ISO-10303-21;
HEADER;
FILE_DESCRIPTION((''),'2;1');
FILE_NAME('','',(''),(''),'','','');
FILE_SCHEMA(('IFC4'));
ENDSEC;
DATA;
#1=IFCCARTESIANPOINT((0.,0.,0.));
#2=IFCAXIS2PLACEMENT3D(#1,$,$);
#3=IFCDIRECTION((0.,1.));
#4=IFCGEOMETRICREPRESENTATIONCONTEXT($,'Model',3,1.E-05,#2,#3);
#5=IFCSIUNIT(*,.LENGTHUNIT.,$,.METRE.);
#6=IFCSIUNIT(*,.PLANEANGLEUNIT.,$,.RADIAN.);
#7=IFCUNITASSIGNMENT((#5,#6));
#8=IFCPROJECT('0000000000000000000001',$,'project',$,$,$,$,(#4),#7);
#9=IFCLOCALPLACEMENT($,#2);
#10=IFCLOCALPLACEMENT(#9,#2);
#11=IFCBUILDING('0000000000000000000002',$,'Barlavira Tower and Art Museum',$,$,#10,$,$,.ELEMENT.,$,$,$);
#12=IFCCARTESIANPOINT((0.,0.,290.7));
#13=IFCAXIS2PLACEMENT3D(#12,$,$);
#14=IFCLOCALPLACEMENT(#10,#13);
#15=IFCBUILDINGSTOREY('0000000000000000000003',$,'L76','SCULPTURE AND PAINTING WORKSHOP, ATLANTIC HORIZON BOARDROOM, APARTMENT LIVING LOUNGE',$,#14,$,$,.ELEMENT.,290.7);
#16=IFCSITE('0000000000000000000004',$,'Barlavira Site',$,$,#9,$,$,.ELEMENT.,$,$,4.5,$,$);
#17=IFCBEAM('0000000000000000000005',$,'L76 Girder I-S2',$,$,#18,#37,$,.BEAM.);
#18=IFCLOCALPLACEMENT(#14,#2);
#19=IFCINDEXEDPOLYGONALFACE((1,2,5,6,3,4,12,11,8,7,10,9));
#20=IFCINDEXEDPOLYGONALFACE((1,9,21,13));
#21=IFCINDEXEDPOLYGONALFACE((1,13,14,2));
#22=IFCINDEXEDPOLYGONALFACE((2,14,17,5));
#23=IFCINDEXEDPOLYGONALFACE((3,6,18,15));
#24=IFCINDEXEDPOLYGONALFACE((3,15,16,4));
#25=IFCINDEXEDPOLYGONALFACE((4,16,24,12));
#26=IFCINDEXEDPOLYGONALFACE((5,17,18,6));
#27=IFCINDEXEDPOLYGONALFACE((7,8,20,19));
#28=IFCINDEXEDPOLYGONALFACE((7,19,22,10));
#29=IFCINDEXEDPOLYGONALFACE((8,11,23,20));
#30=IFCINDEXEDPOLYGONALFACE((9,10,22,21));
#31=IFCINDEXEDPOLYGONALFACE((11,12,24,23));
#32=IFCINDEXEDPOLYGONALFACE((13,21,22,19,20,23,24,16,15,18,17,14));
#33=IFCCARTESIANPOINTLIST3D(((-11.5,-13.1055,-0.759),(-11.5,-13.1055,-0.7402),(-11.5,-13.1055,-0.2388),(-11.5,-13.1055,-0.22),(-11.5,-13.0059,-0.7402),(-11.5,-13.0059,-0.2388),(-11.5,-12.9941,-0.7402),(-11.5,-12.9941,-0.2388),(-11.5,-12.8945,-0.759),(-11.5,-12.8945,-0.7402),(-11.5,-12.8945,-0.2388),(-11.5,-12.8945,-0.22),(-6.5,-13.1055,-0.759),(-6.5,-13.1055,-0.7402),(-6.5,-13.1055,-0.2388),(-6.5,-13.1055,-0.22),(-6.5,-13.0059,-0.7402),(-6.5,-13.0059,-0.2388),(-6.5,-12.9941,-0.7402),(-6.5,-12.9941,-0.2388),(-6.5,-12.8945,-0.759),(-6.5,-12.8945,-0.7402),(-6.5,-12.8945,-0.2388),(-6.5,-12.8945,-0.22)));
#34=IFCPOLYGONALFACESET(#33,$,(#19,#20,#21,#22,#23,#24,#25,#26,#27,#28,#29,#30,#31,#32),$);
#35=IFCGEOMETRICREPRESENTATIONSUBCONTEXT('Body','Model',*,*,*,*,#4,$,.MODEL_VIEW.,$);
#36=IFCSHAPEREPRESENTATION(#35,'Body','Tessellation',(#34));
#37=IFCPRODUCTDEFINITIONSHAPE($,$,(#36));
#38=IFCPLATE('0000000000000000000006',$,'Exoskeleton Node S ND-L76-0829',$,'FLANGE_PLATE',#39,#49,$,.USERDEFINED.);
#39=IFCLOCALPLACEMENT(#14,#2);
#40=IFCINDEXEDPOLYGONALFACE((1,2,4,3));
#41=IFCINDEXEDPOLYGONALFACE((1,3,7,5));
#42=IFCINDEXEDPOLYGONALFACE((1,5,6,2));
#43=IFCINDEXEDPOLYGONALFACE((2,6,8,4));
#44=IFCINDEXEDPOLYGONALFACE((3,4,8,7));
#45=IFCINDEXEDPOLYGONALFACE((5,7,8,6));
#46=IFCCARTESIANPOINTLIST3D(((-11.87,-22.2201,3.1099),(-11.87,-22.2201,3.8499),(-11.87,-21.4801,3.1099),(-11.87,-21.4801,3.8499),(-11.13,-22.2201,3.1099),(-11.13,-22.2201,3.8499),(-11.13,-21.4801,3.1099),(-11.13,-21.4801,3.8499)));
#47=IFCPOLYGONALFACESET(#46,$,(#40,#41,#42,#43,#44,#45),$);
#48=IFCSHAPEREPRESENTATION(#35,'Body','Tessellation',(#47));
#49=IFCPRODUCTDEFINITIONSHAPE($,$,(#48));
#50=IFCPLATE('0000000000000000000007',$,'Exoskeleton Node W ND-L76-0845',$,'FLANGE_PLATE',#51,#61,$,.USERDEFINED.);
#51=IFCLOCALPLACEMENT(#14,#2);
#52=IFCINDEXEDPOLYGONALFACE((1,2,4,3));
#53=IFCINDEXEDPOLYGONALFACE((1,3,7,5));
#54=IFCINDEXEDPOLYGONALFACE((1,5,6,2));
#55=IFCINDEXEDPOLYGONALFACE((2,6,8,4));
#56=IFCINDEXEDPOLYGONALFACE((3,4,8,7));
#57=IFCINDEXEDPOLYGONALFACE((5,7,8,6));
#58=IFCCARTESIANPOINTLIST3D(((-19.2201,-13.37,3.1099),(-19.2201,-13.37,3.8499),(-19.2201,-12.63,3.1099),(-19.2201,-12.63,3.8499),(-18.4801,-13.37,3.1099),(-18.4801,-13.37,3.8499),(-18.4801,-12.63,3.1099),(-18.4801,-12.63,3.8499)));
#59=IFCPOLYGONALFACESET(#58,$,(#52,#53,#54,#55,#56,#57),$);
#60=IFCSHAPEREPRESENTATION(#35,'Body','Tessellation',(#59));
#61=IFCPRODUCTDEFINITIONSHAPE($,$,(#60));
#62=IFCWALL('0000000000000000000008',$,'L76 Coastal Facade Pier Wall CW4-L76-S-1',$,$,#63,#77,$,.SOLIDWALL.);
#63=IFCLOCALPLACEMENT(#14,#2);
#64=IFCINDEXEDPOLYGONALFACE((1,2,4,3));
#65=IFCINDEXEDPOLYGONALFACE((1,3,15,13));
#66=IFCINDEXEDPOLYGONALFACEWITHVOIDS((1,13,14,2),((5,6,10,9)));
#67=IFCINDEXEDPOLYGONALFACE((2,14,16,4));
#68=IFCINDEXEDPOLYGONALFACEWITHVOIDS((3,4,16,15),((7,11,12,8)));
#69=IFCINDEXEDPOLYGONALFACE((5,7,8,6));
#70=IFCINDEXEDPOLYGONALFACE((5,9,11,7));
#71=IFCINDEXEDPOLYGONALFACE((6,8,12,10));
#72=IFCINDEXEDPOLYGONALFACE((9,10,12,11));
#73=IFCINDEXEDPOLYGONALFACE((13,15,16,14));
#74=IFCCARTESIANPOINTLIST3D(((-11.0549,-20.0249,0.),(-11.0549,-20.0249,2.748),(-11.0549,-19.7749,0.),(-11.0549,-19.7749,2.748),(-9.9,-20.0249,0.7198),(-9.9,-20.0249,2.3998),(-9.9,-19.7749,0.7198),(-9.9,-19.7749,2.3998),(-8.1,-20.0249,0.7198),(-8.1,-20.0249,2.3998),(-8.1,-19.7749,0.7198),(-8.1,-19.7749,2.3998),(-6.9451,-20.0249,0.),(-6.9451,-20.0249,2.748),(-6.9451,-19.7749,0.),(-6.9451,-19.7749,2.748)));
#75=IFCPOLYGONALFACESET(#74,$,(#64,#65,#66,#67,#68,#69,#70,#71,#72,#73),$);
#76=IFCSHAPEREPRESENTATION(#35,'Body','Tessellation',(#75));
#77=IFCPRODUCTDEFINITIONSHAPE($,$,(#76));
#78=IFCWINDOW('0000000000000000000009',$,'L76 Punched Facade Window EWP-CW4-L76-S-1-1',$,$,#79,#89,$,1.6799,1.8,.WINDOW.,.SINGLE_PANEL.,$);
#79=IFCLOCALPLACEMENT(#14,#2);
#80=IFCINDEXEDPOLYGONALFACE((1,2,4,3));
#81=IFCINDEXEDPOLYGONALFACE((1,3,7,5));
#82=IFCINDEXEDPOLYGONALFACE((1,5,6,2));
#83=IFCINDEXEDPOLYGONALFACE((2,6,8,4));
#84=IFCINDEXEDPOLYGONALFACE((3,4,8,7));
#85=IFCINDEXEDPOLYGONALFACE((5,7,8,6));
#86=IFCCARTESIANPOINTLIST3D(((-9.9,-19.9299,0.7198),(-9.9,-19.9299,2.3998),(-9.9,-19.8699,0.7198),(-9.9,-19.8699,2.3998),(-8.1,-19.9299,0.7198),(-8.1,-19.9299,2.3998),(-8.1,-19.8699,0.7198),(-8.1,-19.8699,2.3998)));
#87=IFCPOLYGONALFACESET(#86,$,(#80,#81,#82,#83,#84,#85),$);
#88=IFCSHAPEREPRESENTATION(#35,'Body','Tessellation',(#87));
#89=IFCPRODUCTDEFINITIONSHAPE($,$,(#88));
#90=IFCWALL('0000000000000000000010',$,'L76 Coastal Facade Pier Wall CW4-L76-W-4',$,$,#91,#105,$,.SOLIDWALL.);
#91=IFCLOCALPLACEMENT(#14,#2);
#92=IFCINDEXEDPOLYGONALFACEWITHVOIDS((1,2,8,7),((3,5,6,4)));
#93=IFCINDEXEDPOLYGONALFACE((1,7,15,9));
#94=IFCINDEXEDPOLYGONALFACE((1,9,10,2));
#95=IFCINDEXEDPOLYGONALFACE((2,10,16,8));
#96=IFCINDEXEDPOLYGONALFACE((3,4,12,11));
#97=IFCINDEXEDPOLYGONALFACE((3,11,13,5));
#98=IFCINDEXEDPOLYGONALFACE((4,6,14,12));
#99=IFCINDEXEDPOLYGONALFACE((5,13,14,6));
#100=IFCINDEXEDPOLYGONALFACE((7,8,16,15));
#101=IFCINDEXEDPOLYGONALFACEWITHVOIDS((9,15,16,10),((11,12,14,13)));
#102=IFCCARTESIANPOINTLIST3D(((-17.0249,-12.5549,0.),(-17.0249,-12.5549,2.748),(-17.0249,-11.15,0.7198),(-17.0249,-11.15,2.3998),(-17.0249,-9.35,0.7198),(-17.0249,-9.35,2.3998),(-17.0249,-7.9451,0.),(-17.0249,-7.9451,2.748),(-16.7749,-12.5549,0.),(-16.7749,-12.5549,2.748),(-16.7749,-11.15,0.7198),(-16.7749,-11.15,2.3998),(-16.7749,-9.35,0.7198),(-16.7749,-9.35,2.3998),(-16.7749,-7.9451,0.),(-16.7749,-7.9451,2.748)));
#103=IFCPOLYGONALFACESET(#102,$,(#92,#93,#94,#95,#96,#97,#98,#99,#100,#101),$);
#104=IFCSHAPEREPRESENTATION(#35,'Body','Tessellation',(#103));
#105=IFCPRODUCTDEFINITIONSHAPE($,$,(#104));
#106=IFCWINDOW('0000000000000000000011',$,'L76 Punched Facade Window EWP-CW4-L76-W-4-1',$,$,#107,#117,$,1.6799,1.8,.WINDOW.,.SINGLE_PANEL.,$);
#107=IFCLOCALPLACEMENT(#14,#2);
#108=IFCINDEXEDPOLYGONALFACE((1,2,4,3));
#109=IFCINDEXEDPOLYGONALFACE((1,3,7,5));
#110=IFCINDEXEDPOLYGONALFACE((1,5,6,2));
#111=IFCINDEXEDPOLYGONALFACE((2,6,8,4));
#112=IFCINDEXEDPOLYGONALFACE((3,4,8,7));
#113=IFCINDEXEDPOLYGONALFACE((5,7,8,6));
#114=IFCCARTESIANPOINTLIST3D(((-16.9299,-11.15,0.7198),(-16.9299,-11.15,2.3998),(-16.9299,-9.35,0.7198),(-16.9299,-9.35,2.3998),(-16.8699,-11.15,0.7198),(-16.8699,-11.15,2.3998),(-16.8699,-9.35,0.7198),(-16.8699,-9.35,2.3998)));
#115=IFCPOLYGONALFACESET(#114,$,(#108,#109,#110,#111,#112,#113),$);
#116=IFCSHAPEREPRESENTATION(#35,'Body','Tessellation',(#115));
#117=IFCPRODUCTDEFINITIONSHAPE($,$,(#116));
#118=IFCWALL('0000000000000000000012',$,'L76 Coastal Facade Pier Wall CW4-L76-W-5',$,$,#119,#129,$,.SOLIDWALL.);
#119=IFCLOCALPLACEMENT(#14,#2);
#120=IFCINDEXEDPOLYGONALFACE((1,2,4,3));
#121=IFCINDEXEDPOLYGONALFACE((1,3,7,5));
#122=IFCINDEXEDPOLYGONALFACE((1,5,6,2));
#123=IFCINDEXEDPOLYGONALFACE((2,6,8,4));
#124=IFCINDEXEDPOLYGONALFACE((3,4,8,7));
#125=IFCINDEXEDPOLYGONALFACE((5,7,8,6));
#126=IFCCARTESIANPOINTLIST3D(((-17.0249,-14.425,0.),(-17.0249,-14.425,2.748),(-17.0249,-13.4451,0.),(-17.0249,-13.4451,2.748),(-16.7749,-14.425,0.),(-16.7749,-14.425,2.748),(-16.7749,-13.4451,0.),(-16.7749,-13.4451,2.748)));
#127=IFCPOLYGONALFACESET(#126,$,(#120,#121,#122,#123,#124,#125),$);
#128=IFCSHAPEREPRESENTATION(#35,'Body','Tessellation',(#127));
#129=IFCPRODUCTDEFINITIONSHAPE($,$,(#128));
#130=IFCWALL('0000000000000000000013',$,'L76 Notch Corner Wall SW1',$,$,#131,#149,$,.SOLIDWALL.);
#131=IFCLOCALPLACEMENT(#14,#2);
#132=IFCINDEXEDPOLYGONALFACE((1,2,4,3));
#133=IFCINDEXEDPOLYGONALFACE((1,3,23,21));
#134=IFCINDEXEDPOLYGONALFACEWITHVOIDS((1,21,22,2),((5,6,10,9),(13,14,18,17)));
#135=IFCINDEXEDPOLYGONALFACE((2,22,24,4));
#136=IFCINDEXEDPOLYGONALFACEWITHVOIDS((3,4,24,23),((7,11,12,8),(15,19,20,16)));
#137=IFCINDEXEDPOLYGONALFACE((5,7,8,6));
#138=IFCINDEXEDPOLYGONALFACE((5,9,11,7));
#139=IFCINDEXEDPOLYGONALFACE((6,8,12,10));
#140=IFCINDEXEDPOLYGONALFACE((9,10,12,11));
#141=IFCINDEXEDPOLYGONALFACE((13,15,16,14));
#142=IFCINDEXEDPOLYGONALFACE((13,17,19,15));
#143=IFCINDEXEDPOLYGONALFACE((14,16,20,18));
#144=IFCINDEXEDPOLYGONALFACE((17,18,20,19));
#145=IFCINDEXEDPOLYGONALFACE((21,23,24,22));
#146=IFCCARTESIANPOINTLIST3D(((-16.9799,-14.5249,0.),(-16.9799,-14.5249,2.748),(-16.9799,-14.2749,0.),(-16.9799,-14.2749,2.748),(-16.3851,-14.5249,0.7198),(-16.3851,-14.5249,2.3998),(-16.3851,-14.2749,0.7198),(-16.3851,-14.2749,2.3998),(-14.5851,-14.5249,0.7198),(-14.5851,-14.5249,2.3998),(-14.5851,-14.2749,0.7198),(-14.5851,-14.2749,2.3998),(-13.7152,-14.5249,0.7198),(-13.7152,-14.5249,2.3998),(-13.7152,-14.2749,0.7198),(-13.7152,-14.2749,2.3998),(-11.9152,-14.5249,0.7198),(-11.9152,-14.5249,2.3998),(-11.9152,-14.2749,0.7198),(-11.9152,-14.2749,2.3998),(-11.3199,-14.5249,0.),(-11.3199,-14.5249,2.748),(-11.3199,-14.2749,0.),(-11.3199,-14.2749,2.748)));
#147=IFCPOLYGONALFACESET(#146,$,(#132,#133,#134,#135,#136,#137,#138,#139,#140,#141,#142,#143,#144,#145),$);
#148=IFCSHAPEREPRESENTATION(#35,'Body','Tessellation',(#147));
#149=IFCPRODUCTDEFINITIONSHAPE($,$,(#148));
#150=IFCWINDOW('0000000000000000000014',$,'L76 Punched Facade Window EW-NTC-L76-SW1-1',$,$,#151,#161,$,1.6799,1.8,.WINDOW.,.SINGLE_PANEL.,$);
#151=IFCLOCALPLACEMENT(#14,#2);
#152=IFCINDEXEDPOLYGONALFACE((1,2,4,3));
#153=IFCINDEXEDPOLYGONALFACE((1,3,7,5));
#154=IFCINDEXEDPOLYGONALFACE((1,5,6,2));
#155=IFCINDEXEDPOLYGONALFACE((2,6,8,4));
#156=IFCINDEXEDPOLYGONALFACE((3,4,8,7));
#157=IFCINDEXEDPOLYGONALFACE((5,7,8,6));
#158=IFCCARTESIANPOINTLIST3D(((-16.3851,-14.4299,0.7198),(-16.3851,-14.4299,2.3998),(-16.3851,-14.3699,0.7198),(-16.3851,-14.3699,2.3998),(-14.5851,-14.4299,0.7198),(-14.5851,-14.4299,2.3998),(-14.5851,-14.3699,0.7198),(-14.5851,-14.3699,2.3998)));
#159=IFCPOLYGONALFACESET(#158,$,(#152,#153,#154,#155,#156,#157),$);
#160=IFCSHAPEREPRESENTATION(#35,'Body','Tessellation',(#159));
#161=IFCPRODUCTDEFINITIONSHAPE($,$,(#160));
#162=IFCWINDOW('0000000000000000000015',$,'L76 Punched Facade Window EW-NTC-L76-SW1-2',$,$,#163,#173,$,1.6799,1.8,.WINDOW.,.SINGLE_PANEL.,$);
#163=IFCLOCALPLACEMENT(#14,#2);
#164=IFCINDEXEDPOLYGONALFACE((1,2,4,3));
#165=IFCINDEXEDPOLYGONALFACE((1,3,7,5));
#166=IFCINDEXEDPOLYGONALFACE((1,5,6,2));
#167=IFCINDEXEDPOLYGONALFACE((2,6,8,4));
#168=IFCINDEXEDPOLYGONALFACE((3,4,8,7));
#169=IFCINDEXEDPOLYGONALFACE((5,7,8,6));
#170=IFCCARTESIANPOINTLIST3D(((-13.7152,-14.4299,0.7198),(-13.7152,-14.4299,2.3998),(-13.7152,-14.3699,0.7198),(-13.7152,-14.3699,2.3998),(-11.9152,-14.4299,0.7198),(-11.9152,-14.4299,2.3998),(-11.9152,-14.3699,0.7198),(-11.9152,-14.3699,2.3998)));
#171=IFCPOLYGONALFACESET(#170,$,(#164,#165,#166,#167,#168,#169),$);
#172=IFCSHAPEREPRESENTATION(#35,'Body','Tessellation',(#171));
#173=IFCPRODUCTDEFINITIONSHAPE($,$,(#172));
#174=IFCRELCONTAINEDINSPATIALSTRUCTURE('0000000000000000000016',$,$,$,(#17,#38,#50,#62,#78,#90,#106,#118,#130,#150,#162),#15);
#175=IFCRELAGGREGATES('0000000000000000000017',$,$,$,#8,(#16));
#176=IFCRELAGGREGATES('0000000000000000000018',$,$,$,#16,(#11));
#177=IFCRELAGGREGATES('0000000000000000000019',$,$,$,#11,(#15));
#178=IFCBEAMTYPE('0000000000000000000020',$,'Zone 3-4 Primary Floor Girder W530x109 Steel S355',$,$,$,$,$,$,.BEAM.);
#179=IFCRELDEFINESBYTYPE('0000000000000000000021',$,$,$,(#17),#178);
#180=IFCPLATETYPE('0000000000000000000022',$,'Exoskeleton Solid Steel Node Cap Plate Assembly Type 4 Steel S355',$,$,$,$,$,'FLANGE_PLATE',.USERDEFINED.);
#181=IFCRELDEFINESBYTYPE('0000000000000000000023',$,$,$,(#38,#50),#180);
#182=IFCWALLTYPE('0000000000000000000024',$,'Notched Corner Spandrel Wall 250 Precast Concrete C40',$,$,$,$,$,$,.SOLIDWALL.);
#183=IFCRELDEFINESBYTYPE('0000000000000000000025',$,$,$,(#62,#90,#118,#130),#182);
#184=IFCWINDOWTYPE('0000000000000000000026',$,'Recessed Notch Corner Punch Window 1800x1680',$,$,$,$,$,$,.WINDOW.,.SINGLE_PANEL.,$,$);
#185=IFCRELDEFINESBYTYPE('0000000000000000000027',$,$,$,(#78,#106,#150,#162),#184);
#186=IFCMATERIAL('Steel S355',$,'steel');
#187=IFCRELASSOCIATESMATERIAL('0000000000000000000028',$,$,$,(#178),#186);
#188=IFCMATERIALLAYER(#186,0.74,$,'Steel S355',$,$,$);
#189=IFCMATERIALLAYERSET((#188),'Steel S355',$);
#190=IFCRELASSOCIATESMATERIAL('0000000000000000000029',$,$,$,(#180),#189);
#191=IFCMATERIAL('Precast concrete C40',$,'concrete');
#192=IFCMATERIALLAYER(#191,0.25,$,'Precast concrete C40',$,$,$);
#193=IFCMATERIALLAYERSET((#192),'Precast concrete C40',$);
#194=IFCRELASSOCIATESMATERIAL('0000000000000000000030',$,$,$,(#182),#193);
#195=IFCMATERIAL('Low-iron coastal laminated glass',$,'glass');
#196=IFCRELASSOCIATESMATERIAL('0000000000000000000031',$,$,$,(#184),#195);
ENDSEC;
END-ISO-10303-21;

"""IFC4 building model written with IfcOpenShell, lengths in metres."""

from ifc_helpers import new_model, si_unit, direction, frame, frame_2d, origin, origin_2d, place, context, subcontext, project, spatial, rectangle, i_section, extrude, material, layer, layer_set, material_profile, profile_set, type_object, element, fill, save


model = new_model("IFC4")

# Units and contexts
model_context = context("Model", 3, precision=1e-05, world=origin(), true_north=direction((0.0, 1.0)))
body_context = subcontext(model_context, "Body", "Model", "MODEL_VIEW")
ifc_project = project(units=[si_unit("LENGTHUNIT", "METRE"), si_unit("PLANEANGLEUNIT", "RADIAN")], contexts=[model_context])

# Site, building, storey
site_placement = place(None, origin())
site = spatial("IfcSite", under=ifc_project, at=site_placement, Name="Barlavira Site", CompositionType="ELEMENT", RefElevation=4.5)
building_placement = place(site_placement, origin())
building = spatial("IfcBuilding", under=site, at=building_placement, Name="Barlavira Tower and Art Museum", CompositionType="ELEMENT")
storey_placement = place(building_placement, frame((0.0, 0.0, 290.7)))
storey = spatial("IfcBuildingStorey", under=building, at=storey_placement, Name="L76", Description="SCULPTURE AND PAINTING WORKSHOP, ATLANTIC HORIZON BOARDROOM, APARTMENT LIVING LOUNGE", CompositionType="ELEMENT", Elevation=290.7)

# Beam
ifc_material_1 = material(Name="Steel S355", Category="steel")
ifc_material_profile_1 = material_profile(ifc_material_1, i_section(OverallWidth=0.2109, OverallDepth=0.5391, WebThickness=0.0117, FlangeThickness=0.0188, at=origin_2d()), Name="W530x109.0")
ifc_profile_set_1 = profile_set([ifc_material_profile_1], Name="Steel S355")
beam_type_1 = type_object("IfcBeamType", Name="Zone 3-4 Primary Floor Girder W530x109 Steel S355", PredefinedType="BEAM", material=ifc_profile_set_1)
beam_1_placement = place(storey_placement, frame((-11.5, -13.0, -0.4895), z_axis=(1.0, 0.0, 0.0), x_axis=(0.0, 1.0, 0.0)))
element("IfcBeam", 1, at=beam_1_placement, inside=storey, type_object=beam_type_1, Name="L76 Girder I-S2", PredefinedType="BEAM", context=body_context, shape_type="SweptSolid", body=[
    extrude(i_section(OverallWidth=0.2109, OverallDepth=0.5391, WebThickness=0.0117, FlangeThickness=0.0188, at=origin_2d()), origin(), (0.0, 0.0, 1.0), 5.0),
])

# Plates
ifc_layer_1 = layer(ifc_material_1, 0.74, Name="Steel S355")
ifc_layer_set_1 = layer_set([ifc_layer_1], Name="Steel S355")
plate_type = type_object("IfcPlateType", Name="Exoskeleton Solid Steel Node Cap Plate Assembly Type 4 Steel S355", ElementType="FLANGE_PLATE", PredefinedType="USERDEFINED", material=ifc_layer_set_1)
for number, where, z_axis, x_axis, name in (
    (2, (-11.5, -21.8501, 3.1099), (0.0, 0.0, 1.0), (1.0, 0.0, 0.0), "Exoskeleton Node S ND-L76-0829"),
    (3, (-18.8501, -13.0, 3.1099), (0.0, 0.0, 1.0), (1.0, 0.0, 0.0), "Exoskeleton Node W ND-L76-0845"),
):
    element("IfcPlate", number, at=place(storey_placement, frame(where, z_axis=z_axis, x_axis=x_axis)), inside=storey, type_object=plate_type, Name=name, ObjectType="FLANGE_PLATE", PredefinedType="USERDEFINED", context=body_context, shape_type="SweptSolid", body=[
        extrude(rectangle(XDim=0.74, YDim=0.74, at=origin_2d()), origin(), (0.0, 0.0, 1.0), 0.74),
    ])

# Walls, openings, windows
ifc_material_2 = material(Name="Precast concrete C40", Category="concrete")
ifc_layer_2 = layer(ifc_material_2, 0.25, Name="Precast concrete C40")
ifc_layer_set_2 = layer_set([ifc_layer_2], Name="Precast concrete C40")
wall_type = type_object("IfcWallType", Name="Notched Corner Spandrel Wall 250 Precast Concrete C40", PredefinedType="SOLIDWALL", material=ifc_layer_set_2)
wall_1_placement = place(storey_placement, frame((-11.0549, -19.8999, 0.0), z_axis=(0.0, 0.0, 1.0), x_axis=(1.0, 0.0, 0.0)))
wall_1 = element("IfcWall", 4, at=wall_1_placement, inside=storey, type_object=wall_type, Name="L76 Coastal Facade Pier Wall CW4-L76-S-1", PredefinedType="SOLIDWALL", context=body_context, shape_type="SweptSolid", body=[
    extrude(rectangle(XDim=4.1099, YDim=0.25, at=frame_2d((2.0549, 0.0))), origin(), (0.0, 0.0, 1.0), 2.748),
])
opening_1_placement = place(wall_1_placement, frame((1.155, 0.0, 0.72)))
opening_1 = element("IfcOpeningElement", 5, at=opening_1_placement, cuts=wall_1, PredefinedType="OPENING", context=body_context, shape_type="SweptSolid", body=[
    extrude(rectangle(XDim=1.8, YDim=1.6799, at=frame_2d((0.8999, 0.8398))), frame((0.0, 0.135, 0.0), z_axis=(0.0, -1.0, 0.0), x_axis=(1.0, 0.0, 0.0)), (0.0, 0.0, 1.0), 0.27),
])
ifc_material_3 = material(Name="Low-iron coastal laminated glass", Category="glass")
window_type = type_object("IfcWindowType", Name="Recessed Notch Corner Punch Window 1800x1680", PartitioningType="SINGLE_PANEL", PredefinedType="WINDOW", material=ifc_material_3)
window_1_placement = place(opening_1_placement, origin())
window_1 = element("IfcWindow", 6, at=window_1_placement, inside=storey, type_object=window_type, Name="L76 Punched Facade Window EWP-CW4-L76-S-1-1", OverallHeight=1.6799, OverallWidth=1.8, PartitioningType="SINGLE_PANEL", PredefinedType="WINDOW", context=body_context, shape_type="SweptSolid", body=[
    extrude(rectangle(XDim=1.8, YDim=1.6799, at=frame_2d((0.8999, 0.8398))), frame((0.0, 0.03, 0.0), z_axis=(0.0, -1.0, 0.0), x_axis=(1.0, 0.0, 0.0)), (0.0, 0.0, 1.0), 0.0601),
])
fill(opening_1, window_1)
wall_2_placement = place(storey_placement, frame((-16.8999, -7.9451, 0.0), z_axis=(0.0, 0.0, 1.0), x_axis=(0.0, -1.0, 0.0)))
wall_2 = element("IfcWall", 7, at=wall_2_placement, inside=storey, type_object=wall_type, Name="L76 Coastal Facade Pier Wall CW4-L76-W-4", PredefinedType="SOLIDWALL", context=body_context, shape_type="SweptSolid", body=[
    extrude(rectangle(XDim=4.6099, YDim=0.25, at=frame_2d((2.3049, 0.0))), origin(), (0.0, 0.0, 1.0), 2.748),
])
opening_2_placement = place(wall_2_placement, frame((1.405, 0.0, 0.72)))
opening_2 = element("IfcOpeningElement", 8, at=opening_2_placement, cuts=wall_2, PredefinedType="OPENING", context=body_context, shape_type="SweptSolid", body=[
    extrude(rectangle(XDim=1.8, YDim=1.6799, at=frame_2d((0.8999, 0.8398))), frame((0.0, 0.135, 0.0), z_axis=(0.0, -1.0, 0.0), x_axis=(1.0, 0.0, 0.0)), (0.0, 0.0, 1.0), 0.27),
])
window_2_placement = place(opening_2_placement, origin())
window_2 = element("IfcWindow", 9, at=window_2_placement, inside=storey, type_object=window_type, Name="L76 Punched Facade Window EWP-CW4-L76-W-4-1", OverallHeight=1.6799, OverallWidth=1.8, PartitioningType="SINGLE_PANEL", PredefinedType="WINDOW", context=body_context, shape_type="SweptSolid", body=[
    extrude(rectangle(XDim=1.8, YDim=1.6799, at=frame_2d((0.8999, 0.8398))), frame((0.0, 0.03, 0.0), z_axis=(0.0, -1.0, 0.0), x_axis=(1.0, 0.0, 0.0)), (0.0, 0.0, 1.0), 0.0601),
])
fill(opening_2, window_2)

# Wall
wall_3_placement = place(storey_placement, frame((-16.8999, -13.4451, 0.0), z_axis=(0.0, 0.0, 1.0), x_axis=(0.0, -1.0, 0.0)))
element("IfcWall", 10, at=wall_3_placement, inside=storey, type_object=wall_type, Name="L76 Coastal Facade Pier Wall CW4-L76-W-5", PredefinedType="SOLIDWALL", context=body_context, shape_type="SweptSolid", body=[
    extrude(rectangle(XDim=0.98, YDim=0.25, at=frame_2d((0.49, 0.0))), origin(), (0.0, 0.0, 1.0), 2.748),
])

# Wall, openings, windows
wall_4_placement = place(storey_placement, frame((-16.98, -14.3999, 0.0), z_axis=(0.0, 0.0, 1.0), x_axis=(1.0, 0.0, 0.0)))
wall_4 = element("IfcWall", 11, at=wall_4_placement, inside=storey, type_object=wall_type, Name="L76 Notch Corner Wall SW1", PredefinedType="SOLIDWALL", context=body_context, shape_type="SweptSolid", body=[
    extrude(rectangle(XDim=5.6599, YDim=0.25, at=frame_2d((2.8301, 0.0))), origin(), (0.0, 0.0, 1.0), 2.748),
])
opening_3_placement = place(wall_4_placement, frame((0.595, 0.0, 0.72)))
opening_3 = element("IfcOpeningElement", 12, at=opening_3_placement, cuts=wall_4, PredefinedType="OPENING", context=body_context, shape_type="SweptSolid", body=[
    extrude(rectangle(XDim=1.8, YDim=1.6799, at=frame_2d((0.8999, 0.8398))), frame((0.0, 0.135, 0.0), z_axis=(0.0, -1.0, 0.0), x_axis=(1.0, 0.0, 0.0)), (0.0, 0.0, 1.0), 0.27),
])
opening_4_placement = place(wall_4_placement, frame((3.2649, 0.0, 0.72)))
opening_4 = element("IfcOpeningElement", 13, at=opening_4_placement, cuts=wall_4, PredefinedType="OPENING", context=body_context, shape_type="SweptSolid", body=[
    extrude(rectangle(XDim=1.8, YDim=1.6799, at=frame_2d((0.8999, 0.8398))), frame((0.0, 0.135, 0.0), z_axis=(0.0, -1.0, 0.0), x_axis=(1.0, 0.0, 0.0)), (0.0, 0.0, 1.0), 0.27),
])
window_3_placement = place(opening_3_placement, origin())
window_3 = element("IfcWindow", 14, at=window_3_placement, inside=storey, type_object=window_type, Name="L76 Punched Facade Window EW-NTC-L76-SW1-1", OverallHeight=1.6799, OverallWidth=1.8, PartitioningType="SINGLE_PANEL", PredefinedType="WINDOW", context=body_context, shape_type="SweptSolid", body=[
    extrude(rectangle(XDim=1.8, YDim=1.6799, at=frame_2d((0.8999, 0.8398))), frame((0.0, 0.03, 0.0), z_axis=(0.0, -1.0, 0.0), x_axis=(1.0, 0.0, 0.0)), (0.0, 0.0, 1.0), 0.0601),
])
fill(opening_3, window_3)
window_4_placement = place(opening_4_placement, origin())
window_4 = element("IfcWindow", 15, at=window_4_placement, inside=storey, type_object=window_type, Name="L76 Punched Facade Window EW-NTC-L76-SW1-2", OverallHeight=1.6799, OverallWidth=1.8, PartitioningType="SINGLE_PANEL", PredefinedType="WINDOW", context=body_context, shape_type="SweptSolid", body=[
    extrude(rectangle(XDim=1.8, YDim=1.6799, at=frame_2d((0.8999, 0.8398))), frame((0.0, 0.03, 0.0), z_axis=(0.0, -1.0, 0.0), x_axis=(1.0, 0.0, 0.0)), (0.0, 0.0, 1.0), 0.0601),
])
fill(opening_4, window_4)

save(model, "model.ifc")
